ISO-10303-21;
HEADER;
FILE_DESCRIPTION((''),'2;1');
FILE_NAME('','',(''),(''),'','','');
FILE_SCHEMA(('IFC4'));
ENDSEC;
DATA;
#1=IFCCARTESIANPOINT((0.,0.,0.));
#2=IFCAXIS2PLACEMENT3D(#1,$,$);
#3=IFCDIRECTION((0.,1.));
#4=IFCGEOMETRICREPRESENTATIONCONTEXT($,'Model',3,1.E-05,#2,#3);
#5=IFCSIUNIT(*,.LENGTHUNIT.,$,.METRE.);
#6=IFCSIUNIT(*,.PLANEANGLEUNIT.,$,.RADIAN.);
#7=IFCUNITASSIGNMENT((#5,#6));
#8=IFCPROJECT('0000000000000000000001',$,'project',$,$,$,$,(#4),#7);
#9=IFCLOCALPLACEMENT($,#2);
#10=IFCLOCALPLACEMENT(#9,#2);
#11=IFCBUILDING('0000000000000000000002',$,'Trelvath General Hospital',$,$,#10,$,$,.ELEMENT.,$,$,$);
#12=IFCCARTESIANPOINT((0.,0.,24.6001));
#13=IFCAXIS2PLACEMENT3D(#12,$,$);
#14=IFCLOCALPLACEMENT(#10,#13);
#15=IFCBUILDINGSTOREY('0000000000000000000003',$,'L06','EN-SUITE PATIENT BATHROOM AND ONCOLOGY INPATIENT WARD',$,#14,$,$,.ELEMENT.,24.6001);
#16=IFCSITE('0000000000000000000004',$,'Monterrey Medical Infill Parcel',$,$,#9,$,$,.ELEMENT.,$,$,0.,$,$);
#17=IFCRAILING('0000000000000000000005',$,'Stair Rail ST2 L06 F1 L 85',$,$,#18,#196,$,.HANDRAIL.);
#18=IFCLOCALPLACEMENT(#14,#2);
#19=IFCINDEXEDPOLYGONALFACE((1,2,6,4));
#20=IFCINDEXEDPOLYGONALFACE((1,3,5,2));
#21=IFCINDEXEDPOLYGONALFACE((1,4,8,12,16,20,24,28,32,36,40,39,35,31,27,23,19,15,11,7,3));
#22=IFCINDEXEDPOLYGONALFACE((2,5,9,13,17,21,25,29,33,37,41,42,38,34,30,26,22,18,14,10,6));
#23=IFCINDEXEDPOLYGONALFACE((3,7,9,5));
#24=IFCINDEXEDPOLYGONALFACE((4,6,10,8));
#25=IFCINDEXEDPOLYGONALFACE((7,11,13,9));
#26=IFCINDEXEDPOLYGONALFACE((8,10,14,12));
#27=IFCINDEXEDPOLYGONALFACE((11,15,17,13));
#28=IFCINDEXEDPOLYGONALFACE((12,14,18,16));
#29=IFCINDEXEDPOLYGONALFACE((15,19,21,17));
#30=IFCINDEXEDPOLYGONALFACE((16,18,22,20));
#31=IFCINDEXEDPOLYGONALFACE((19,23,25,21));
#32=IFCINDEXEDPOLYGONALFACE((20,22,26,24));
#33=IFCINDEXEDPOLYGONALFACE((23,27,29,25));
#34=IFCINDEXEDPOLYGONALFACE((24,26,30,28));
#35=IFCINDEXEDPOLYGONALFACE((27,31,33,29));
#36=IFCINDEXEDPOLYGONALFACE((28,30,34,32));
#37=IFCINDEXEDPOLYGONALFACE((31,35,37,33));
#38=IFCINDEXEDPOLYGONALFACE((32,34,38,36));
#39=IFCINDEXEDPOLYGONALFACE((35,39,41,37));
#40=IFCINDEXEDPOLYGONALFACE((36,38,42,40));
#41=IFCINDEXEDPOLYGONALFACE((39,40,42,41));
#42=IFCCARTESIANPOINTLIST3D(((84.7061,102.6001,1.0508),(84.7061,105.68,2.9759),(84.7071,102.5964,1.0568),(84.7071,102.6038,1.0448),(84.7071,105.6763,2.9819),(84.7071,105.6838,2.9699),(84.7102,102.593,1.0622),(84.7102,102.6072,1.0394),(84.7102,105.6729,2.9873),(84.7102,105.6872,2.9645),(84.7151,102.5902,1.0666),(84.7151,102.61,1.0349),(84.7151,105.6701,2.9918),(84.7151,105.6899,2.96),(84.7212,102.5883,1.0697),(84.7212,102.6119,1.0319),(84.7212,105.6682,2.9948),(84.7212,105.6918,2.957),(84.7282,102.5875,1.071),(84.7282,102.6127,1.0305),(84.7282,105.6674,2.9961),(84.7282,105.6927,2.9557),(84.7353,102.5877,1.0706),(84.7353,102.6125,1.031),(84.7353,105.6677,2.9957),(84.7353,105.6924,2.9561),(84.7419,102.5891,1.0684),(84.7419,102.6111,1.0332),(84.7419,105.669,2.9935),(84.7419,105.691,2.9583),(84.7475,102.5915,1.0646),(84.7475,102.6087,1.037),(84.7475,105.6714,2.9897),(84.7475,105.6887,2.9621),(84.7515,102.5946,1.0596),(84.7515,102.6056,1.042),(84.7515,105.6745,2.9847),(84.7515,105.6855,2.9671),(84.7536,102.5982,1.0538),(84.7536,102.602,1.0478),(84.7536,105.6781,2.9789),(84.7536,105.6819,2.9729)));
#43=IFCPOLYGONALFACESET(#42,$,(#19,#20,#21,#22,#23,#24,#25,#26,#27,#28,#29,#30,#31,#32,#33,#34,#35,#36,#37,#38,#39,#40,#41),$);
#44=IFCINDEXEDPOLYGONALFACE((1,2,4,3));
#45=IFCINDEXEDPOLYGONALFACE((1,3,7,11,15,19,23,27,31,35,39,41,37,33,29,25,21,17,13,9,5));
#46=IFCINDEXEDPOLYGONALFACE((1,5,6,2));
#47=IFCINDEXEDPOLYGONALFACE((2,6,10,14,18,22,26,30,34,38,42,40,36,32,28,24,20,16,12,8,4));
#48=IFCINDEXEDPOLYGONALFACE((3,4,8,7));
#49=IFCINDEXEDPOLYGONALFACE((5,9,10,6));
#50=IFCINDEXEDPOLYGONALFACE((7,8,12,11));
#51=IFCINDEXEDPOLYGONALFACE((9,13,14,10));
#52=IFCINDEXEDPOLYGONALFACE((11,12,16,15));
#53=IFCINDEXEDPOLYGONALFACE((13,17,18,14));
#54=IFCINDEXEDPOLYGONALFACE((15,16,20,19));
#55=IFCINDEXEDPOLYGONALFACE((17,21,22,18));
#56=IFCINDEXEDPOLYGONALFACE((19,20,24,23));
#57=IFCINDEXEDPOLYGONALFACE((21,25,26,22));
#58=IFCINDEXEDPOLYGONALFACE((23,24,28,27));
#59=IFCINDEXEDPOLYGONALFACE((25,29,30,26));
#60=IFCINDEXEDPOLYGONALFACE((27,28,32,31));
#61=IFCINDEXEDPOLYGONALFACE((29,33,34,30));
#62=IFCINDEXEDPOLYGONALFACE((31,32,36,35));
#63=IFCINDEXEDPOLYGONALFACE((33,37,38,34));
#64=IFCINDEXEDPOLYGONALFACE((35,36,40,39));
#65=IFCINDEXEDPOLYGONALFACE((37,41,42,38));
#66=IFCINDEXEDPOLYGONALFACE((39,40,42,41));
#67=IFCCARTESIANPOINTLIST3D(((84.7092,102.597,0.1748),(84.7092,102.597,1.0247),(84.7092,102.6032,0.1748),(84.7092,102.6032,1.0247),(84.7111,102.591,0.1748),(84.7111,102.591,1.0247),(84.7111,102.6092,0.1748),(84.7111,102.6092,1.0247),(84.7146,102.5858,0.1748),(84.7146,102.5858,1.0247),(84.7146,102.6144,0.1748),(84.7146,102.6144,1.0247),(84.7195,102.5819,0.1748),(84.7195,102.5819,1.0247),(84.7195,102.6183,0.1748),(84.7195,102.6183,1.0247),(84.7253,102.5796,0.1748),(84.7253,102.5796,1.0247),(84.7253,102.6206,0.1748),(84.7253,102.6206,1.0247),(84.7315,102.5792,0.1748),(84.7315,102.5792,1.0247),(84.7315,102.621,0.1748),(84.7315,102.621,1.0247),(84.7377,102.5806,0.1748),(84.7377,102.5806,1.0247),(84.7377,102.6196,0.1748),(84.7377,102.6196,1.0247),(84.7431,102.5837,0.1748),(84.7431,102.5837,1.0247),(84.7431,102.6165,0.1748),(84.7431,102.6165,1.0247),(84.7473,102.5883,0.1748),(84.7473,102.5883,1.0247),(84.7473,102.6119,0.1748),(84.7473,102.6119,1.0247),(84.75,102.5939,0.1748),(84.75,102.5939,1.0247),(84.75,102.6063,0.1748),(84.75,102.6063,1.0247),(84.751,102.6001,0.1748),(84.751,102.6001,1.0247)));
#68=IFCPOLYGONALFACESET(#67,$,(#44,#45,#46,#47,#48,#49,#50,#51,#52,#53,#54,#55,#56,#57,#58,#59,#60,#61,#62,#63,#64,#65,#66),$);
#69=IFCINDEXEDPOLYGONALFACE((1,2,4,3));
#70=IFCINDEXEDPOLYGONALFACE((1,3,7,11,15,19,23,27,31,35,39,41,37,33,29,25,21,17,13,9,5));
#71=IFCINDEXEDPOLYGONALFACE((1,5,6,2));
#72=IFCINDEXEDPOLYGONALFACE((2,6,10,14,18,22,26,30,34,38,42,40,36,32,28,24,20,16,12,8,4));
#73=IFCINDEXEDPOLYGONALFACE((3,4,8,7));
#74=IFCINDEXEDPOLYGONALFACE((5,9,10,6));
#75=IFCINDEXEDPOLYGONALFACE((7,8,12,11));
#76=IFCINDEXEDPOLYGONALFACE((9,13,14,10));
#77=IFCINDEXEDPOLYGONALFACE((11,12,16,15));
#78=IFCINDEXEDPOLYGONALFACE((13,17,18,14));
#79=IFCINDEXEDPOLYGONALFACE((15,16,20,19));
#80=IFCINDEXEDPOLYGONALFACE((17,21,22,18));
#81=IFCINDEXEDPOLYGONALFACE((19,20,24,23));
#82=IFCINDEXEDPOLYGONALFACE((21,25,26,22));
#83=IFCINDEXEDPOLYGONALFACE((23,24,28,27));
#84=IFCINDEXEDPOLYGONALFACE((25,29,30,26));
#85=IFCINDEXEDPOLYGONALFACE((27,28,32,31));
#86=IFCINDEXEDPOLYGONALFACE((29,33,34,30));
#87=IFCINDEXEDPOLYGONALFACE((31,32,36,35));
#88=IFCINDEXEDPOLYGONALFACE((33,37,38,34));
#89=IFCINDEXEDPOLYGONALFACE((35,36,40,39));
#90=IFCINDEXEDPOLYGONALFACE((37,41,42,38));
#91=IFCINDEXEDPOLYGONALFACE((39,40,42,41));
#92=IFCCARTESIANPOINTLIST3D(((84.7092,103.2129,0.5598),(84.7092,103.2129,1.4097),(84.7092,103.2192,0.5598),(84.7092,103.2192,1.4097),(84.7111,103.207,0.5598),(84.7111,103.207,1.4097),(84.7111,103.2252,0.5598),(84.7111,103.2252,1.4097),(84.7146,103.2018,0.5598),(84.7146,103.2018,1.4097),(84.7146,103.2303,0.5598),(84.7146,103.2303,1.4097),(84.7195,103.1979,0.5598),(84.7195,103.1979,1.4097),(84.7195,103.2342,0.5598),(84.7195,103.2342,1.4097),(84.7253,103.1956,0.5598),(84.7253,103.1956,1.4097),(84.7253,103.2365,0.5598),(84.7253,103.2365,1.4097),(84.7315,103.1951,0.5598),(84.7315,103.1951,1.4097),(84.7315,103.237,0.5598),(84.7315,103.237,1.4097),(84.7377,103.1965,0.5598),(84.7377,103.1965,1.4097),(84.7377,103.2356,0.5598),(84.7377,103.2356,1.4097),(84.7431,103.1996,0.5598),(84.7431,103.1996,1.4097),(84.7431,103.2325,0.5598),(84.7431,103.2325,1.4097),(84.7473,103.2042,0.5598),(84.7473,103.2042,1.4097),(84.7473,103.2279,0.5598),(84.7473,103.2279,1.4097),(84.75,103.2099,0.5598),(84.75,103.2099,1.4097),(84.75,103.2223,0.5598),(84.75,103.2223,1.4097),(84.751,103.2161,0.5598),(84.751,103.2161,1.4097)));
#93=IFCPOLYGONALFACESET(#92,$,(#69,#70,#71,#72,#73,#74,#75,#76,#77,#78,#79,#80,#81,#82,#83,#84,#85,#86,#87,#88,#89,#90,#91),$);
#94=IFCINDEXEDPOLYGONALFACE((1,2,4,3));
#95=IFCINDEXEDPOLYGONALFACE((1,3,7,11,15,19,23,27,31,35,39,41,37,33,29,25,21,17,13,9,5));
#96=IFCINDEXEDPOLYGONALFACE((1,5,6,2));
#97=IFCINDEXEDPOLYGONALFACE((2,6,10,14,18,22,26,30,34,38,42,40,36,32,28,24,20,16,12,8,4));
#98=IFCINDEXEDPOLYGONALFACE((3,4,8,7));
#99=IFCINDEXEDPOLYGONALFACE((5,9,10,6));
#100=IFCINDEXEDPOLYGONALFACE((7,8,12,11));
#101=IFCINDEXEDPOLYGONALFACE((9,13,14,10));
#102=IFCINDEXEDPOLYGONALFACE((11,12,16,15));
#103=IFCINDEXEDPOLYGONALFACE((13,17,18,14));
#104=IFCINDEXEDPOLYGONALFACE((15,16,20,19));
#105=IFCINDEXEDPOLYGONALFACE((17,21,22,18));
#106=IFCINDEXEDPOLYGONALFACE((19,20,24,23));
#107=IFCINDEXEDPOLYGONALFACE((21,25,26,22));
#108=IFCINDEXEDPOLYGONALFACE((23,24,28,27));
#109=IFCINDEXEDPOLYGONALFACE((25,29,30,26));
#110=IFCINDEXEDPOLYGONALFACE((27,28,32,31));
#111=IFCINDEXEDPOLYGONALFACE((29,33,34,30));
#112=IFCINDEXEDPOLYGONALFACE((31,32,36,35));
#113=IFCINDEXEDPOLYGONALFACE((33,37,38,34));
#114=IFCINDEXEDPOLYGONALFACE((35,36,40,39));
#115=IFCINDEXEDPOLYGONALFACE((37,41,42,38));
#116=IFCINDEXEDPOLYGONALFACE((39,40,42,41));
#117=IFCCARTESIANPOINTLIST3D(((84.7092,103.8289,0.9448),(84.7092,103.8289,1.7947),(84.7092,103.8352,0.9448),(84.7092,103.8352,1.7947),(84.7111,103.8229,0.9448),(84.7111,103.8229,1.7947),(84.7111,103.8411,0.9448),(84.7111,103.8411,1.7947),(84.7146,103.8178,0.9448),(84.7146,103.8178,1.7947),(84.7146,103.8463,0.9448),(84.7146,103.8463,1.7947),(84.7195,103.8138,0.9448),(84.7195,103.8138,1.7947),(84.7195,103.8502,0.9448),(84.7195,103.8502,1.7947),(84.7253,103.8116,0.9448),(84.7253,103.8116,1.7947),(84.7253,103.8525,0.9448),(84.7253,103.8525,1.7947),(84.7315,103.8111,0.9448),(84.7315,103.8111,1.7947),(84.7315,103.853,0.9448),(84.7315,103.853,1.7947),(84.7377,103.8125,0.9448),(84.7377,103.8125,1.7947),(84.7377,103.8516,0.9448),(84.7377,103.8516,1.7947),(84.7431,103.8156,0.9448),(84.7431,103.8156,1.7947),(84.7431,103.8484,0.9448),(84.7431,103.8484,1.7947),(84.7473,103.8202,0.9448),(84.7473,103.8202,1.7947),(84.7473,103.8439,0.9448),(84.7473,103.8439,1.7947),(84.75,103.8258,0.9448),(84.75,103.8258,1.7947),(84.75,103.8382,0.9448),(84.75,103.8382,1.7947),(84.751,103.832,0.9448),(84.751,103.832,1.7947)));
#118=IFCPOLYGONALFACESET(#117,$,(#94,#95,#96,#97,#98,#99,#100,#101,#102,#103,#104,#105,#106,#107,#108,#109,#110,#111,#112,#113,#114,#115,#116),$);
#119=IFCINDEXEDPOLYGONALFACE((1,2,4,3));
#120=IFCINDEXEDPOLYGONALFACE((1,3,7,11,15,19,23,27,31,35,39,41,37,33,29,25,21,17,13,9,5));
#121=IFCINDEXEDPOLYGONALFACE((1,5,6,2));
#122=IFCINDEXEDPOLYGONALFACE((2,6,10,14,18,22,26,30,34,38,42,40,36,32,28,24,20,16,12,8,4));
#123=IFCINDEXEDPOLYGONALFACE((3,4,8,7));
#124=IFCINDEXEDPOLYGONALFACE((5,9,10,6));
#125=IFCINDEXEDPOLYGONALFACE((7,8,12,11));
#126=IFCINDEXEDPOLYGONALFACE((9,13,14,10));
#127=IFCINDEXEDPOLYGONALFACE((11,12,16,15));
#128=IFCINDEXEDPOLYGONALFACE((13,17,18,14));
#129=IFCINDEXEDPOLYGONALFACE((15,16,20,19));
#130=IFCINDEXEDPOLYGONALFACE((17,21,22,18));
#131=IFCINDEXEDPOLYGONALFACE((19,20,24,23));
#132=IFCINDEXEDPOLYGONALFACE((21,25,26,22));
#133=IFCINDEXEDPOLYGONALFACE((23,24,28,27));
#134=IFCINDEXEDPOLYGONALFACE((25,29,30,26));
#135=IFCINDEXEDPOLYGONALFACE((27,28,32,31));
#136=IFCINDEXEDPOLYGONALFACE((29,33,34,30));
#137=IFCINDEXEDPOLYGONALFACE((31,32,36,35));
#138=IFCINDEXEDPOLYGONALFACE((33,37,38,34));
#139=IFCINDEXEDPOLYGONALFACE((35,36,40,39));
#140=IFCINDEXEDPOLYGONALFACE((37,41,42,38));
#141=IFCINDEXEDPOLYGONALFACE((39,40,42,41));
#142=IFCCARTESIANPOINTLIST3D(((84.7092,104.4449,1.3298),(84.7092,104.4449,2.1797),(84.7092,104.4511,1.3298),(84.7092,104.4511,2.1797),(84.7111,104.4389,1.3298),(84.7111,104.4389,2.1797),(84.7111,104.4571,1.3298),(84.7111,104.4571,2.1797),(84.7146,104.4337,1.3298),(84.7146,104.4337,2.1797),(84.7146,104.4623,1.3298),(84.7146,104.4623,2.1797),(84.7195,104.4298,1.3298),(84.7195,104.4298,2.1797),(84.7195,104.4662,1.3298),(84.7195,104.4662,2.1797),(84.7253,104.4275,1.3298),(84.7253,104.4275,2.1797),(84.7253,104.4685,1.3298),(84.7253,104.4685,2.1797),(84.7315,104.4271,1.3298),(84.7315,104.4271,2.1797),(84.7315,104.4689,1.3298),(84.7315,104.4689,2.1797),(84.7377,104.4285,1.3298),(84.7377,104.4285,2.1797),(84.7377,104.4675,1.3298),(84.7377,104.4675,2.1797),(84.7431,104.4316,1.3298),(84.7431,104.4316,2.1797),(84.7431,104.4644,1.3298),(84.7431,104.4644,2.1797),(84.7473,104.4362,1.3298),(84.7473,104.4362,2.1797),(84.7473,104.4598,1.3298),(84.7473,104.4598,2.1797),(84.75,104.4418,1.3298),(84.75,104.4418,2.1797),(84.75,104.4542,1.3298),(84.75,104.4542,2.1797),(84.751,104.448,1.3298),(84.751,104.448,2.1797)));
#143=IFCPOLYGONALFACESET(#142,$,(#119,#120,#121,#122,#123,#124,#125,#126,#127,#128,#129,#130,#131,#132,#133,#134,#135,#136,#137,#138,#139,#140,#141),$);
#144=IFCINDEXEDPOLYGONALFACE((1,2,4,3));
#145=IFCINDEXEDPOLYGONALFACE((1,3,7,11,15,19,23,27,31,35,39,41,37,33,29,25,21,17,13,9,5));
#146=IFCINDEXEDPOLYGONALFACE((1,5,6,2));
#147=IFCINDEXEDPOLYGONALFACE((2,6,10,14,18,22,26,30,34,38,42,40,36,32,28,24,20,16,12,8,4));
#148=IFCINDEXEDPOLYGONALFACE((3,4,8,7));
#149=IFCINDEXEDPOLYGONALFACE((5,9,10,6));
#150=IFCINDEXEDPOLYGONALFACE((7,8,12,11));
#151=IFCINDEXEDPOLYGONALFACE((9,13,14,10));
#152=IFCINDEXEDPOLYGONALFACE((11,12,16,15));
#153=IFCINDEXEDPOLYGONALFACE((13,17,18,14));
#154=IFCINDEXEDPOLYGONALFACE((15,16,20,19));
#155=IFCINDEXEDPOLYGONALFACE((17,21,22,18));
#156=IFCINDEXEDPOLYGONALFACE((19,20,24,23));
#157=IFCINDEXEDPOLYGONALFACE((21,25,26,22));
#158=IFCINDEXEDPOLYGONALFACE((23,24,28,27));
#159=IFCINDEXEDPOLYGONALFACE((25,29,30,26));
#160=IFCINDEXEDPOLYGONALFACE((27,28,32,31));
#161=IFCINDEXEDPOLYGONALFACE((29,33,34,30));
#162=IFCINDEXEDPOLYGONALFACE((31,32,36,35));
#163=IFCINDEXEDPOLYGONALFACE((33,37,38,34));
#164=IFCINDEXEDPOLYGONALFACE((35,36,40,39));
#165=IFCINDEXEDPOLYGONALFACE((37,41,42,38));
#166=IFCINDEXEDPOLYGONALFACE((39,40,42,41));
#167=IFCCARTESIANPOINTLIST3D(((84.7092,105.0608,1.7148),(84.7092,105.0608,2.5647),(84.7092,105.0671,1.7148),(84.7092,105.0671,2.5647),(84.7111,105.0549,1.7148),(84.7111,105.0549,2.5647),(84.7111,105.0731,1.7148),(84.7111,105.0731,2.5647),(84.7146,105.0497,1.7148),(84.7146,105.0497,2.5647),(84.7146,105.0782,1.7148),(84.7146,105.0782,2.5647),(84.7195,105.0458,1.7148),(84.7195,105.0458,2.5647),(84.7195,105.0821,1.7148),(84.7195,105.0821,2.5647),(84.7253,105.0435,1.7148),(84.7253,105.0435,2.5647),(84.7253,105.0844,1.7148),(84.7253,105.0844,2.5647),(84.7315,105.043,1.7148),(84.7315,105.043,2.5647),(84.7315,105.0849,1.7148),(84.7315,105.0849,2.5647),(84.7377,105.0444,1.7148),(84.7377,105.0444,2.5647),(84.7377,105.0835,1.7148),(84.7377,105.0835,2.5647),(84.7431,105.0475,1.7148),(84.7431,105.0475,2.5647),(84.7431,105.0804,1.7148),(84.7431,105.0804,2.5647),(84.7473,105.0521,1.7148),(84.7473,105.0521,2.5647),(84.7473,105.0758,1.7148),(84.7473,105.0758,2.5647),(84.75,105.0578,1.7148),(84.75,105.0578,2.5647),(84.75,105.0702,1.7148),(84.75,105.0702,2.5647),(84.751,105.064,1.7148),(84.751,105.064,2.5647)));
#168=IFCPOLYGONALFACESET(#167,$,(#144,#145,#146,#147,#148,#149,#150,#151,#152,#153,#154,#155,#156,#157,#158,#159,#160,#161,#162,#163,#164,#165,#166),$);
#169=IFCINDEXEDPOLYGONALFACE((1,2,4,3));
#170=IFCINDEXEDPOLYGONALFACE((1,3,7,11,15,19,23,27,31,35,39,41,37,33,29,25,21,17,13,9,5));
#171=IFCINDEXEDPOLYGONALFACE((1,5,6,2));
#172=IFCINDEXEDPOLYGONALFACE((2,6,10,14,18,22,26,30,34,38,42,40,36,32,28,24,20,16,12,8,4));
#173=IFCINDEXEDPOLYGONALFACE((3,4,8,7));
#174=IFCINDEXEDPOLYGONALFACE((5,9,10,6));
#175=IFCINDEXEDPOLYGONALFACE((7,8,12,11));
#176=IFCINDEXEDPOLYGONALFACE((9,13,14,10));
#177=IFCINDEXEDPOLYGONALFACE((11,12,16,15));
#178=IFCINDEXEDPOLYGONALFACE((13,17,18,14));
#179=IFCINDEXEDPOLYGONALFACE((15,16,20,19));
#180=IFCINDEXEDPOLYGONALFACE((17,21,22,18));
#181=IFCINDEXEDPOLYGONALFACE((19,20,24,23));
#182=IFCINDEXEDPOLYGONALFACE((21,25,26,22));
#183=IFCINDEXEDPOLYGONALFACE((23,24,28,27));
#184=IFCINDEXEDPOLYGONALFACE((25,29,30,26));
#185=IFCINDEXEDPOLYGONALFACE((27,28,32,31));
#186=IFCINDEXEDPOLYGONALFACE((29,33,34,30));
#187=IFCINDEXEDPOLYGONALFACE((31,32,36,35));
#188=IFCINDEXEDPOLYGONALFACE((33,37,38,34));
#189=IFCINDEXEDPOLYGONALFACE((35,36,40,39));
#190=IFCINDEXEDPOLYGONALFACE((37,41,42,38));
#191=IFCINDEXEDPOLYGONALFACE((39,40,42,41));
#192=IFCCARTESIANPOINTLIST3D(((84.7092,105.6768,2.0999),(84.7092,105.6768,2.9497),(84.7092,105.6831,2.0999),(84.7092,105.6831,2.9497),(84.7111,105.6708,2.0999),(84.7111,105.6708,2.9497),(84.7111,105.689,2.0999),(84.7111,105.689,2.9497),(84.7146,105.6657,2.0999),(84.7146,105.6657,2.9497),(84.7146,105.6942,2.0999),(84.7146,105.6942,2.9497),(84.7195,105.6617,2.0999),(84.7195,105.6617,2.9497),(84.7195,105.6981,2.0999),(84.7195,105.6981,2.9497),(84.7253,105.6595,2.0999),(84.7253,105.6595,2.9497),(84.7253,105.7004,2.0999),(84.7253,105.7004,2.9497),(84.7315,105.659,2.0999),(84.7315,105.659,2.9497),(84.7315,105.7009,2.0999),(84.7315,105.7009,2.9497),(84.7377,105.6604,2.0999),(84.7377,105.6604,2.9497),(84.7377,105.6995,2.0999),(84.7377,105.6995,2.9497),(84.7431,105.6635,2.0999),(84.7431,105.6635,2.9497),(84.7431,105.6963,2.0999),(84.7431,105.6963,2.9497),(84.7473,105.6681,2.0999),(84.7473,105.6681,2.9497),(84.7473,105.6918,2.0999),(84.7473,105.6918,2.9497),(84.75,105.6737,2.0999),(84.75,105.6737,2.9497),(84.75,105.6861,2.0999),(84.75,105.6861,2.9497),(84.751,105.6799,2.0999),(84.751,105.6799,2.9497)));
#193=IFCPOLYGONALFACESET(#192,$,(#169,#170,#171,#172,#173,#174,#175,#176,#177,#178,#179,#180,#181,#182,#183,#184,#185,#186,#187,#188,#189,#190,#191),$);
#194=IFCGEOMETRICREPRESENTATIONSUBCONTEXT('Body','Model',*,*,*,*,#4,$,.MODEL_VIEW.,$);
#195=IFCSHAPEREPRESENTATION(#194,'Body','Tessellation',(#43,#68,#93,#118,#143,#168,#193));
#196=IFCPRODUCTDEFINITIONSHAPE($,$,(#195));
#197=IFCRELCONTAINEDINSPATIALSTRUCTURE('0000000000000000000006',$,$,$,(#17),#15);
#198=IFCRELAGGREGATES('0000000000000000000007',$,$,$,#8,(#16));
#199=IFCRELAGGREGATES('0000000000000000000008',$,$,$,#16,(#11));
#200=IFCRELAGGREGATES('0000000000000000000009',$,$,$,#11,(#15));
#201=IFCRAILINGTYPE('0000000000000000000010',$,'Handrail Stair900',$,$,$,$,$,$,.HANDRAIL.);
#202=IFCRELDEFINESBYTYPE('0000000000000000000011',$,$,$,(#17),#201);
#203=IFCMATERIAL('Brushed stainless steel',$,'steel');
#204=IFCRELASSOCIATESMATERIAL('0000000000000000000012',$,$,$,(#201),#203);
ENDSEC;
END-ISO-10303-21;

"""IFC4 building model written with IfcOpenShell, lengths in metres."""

from ifc_helpers import new_model, si_unit, direction, frame, origin, origin_2d, place, context, subcontext, project, spatial, circle, extrude, material, type_object, element, save


model = new_model("IFC4")

# Units and contexts
model_context = context("Model", 3, precision=1e-05, world=origin(), true_north=direction((0.0, 1.0)))
body_context = subcontext(model_context, "Body", "Model", "MODEL_VIEW")
ifc_project = project(units=[si_unit("LENGTHUNIT", "METRE"), si_unit("PLANEANGLEUNIT", "RADIAN")], contexts=[model_context])

# Site, building, storey
site_placement = place(None, origin())
site = spatial("IfcSite", under=ifc_project, at=site_placement, Name="Monterrey Medical Infill Parcel", CompositionType="ELEMENT", RefElevation=0.0)
building_placement = place(site_placement, origin())
building = spatial("IfcBuilding", under=site, at=building_placement, Name="Trelvath General Hospital", CompositionType="ELEMENT")
storey_placement = place(building_placement, frame((0.0, 0.0, 24.6001)))
storey = spatial("IfcBuildingStorey", under=building, at=storey_placement, Name="L06", Description="EN-SUITE PATIENT BATHROOM AND ONCOLOGY INPATIENT WARD", CompositionType="ELEMENT", Elevation=24.6001)

# Railing
ifc_material_1 = material(Name="Brushed stainless steel", Category="steel")
railing_type_1 = type_object("IfcRailingType", Name="Handrail Stair900", PredefinedType="HANDRAIL", material=ifc_material_1)
railing_1_placement = place(storey_placement, frame((84.73, 102.6001, 0.1748)))
element("IfcRailing", 1, at=railing_1_placement, inside=storey, type_object=railing_type_1, Name="Stair Rail ST2 L06 F1 L 85", PredefinedType="HANDRAIL", context=body_context, shape_type="SweptSolid", body=[
    extrude(circle(Radius=0.0239, at=origin_2d()), frame((0.0, 0.0, 0.876), z_axis=(0.0, 0.847979, 0.530029), x_axis=(-1.0, 0.0, 0.0)), (0.0, 0.0, 1.0), 3.6321),
    extrude(circle(Radius=0.021, at=origin_2d()), origin(), (0.0, 0.0, 1.0), 0.8499),
    extrude(circle(Radius=0.021, at=origin_2d()), frame((0.0, 0.616, 0.385)), (0.0, 0.0, 1.0), 0.8499),
    extrude(circle(Radius=0.021, at=origin_2d()), frame((0.0, 1.2319, 0.77)), (0.0, 0.0, 1.0), 0.8499),
    extrude(circle(Radius=0.021, at=origin_2d()), frame((0.0, 1.8479, 1.155)), (0.0, 0.0, 1.0), 0.8499),
    extrude(circle(Radius=0.021, at=origin_2d()), frame((0.0, 2.4639, 1.54)), (0.0, 0.0, 1.0), 0.8499),
    extrude(circle(Radius=0.021, at=origin_2d()), frame((0.0, 3.0798, 1.925)), (0.0, 0.0, 1.0), 0.8499),
])

save(model, "model.ifc")
